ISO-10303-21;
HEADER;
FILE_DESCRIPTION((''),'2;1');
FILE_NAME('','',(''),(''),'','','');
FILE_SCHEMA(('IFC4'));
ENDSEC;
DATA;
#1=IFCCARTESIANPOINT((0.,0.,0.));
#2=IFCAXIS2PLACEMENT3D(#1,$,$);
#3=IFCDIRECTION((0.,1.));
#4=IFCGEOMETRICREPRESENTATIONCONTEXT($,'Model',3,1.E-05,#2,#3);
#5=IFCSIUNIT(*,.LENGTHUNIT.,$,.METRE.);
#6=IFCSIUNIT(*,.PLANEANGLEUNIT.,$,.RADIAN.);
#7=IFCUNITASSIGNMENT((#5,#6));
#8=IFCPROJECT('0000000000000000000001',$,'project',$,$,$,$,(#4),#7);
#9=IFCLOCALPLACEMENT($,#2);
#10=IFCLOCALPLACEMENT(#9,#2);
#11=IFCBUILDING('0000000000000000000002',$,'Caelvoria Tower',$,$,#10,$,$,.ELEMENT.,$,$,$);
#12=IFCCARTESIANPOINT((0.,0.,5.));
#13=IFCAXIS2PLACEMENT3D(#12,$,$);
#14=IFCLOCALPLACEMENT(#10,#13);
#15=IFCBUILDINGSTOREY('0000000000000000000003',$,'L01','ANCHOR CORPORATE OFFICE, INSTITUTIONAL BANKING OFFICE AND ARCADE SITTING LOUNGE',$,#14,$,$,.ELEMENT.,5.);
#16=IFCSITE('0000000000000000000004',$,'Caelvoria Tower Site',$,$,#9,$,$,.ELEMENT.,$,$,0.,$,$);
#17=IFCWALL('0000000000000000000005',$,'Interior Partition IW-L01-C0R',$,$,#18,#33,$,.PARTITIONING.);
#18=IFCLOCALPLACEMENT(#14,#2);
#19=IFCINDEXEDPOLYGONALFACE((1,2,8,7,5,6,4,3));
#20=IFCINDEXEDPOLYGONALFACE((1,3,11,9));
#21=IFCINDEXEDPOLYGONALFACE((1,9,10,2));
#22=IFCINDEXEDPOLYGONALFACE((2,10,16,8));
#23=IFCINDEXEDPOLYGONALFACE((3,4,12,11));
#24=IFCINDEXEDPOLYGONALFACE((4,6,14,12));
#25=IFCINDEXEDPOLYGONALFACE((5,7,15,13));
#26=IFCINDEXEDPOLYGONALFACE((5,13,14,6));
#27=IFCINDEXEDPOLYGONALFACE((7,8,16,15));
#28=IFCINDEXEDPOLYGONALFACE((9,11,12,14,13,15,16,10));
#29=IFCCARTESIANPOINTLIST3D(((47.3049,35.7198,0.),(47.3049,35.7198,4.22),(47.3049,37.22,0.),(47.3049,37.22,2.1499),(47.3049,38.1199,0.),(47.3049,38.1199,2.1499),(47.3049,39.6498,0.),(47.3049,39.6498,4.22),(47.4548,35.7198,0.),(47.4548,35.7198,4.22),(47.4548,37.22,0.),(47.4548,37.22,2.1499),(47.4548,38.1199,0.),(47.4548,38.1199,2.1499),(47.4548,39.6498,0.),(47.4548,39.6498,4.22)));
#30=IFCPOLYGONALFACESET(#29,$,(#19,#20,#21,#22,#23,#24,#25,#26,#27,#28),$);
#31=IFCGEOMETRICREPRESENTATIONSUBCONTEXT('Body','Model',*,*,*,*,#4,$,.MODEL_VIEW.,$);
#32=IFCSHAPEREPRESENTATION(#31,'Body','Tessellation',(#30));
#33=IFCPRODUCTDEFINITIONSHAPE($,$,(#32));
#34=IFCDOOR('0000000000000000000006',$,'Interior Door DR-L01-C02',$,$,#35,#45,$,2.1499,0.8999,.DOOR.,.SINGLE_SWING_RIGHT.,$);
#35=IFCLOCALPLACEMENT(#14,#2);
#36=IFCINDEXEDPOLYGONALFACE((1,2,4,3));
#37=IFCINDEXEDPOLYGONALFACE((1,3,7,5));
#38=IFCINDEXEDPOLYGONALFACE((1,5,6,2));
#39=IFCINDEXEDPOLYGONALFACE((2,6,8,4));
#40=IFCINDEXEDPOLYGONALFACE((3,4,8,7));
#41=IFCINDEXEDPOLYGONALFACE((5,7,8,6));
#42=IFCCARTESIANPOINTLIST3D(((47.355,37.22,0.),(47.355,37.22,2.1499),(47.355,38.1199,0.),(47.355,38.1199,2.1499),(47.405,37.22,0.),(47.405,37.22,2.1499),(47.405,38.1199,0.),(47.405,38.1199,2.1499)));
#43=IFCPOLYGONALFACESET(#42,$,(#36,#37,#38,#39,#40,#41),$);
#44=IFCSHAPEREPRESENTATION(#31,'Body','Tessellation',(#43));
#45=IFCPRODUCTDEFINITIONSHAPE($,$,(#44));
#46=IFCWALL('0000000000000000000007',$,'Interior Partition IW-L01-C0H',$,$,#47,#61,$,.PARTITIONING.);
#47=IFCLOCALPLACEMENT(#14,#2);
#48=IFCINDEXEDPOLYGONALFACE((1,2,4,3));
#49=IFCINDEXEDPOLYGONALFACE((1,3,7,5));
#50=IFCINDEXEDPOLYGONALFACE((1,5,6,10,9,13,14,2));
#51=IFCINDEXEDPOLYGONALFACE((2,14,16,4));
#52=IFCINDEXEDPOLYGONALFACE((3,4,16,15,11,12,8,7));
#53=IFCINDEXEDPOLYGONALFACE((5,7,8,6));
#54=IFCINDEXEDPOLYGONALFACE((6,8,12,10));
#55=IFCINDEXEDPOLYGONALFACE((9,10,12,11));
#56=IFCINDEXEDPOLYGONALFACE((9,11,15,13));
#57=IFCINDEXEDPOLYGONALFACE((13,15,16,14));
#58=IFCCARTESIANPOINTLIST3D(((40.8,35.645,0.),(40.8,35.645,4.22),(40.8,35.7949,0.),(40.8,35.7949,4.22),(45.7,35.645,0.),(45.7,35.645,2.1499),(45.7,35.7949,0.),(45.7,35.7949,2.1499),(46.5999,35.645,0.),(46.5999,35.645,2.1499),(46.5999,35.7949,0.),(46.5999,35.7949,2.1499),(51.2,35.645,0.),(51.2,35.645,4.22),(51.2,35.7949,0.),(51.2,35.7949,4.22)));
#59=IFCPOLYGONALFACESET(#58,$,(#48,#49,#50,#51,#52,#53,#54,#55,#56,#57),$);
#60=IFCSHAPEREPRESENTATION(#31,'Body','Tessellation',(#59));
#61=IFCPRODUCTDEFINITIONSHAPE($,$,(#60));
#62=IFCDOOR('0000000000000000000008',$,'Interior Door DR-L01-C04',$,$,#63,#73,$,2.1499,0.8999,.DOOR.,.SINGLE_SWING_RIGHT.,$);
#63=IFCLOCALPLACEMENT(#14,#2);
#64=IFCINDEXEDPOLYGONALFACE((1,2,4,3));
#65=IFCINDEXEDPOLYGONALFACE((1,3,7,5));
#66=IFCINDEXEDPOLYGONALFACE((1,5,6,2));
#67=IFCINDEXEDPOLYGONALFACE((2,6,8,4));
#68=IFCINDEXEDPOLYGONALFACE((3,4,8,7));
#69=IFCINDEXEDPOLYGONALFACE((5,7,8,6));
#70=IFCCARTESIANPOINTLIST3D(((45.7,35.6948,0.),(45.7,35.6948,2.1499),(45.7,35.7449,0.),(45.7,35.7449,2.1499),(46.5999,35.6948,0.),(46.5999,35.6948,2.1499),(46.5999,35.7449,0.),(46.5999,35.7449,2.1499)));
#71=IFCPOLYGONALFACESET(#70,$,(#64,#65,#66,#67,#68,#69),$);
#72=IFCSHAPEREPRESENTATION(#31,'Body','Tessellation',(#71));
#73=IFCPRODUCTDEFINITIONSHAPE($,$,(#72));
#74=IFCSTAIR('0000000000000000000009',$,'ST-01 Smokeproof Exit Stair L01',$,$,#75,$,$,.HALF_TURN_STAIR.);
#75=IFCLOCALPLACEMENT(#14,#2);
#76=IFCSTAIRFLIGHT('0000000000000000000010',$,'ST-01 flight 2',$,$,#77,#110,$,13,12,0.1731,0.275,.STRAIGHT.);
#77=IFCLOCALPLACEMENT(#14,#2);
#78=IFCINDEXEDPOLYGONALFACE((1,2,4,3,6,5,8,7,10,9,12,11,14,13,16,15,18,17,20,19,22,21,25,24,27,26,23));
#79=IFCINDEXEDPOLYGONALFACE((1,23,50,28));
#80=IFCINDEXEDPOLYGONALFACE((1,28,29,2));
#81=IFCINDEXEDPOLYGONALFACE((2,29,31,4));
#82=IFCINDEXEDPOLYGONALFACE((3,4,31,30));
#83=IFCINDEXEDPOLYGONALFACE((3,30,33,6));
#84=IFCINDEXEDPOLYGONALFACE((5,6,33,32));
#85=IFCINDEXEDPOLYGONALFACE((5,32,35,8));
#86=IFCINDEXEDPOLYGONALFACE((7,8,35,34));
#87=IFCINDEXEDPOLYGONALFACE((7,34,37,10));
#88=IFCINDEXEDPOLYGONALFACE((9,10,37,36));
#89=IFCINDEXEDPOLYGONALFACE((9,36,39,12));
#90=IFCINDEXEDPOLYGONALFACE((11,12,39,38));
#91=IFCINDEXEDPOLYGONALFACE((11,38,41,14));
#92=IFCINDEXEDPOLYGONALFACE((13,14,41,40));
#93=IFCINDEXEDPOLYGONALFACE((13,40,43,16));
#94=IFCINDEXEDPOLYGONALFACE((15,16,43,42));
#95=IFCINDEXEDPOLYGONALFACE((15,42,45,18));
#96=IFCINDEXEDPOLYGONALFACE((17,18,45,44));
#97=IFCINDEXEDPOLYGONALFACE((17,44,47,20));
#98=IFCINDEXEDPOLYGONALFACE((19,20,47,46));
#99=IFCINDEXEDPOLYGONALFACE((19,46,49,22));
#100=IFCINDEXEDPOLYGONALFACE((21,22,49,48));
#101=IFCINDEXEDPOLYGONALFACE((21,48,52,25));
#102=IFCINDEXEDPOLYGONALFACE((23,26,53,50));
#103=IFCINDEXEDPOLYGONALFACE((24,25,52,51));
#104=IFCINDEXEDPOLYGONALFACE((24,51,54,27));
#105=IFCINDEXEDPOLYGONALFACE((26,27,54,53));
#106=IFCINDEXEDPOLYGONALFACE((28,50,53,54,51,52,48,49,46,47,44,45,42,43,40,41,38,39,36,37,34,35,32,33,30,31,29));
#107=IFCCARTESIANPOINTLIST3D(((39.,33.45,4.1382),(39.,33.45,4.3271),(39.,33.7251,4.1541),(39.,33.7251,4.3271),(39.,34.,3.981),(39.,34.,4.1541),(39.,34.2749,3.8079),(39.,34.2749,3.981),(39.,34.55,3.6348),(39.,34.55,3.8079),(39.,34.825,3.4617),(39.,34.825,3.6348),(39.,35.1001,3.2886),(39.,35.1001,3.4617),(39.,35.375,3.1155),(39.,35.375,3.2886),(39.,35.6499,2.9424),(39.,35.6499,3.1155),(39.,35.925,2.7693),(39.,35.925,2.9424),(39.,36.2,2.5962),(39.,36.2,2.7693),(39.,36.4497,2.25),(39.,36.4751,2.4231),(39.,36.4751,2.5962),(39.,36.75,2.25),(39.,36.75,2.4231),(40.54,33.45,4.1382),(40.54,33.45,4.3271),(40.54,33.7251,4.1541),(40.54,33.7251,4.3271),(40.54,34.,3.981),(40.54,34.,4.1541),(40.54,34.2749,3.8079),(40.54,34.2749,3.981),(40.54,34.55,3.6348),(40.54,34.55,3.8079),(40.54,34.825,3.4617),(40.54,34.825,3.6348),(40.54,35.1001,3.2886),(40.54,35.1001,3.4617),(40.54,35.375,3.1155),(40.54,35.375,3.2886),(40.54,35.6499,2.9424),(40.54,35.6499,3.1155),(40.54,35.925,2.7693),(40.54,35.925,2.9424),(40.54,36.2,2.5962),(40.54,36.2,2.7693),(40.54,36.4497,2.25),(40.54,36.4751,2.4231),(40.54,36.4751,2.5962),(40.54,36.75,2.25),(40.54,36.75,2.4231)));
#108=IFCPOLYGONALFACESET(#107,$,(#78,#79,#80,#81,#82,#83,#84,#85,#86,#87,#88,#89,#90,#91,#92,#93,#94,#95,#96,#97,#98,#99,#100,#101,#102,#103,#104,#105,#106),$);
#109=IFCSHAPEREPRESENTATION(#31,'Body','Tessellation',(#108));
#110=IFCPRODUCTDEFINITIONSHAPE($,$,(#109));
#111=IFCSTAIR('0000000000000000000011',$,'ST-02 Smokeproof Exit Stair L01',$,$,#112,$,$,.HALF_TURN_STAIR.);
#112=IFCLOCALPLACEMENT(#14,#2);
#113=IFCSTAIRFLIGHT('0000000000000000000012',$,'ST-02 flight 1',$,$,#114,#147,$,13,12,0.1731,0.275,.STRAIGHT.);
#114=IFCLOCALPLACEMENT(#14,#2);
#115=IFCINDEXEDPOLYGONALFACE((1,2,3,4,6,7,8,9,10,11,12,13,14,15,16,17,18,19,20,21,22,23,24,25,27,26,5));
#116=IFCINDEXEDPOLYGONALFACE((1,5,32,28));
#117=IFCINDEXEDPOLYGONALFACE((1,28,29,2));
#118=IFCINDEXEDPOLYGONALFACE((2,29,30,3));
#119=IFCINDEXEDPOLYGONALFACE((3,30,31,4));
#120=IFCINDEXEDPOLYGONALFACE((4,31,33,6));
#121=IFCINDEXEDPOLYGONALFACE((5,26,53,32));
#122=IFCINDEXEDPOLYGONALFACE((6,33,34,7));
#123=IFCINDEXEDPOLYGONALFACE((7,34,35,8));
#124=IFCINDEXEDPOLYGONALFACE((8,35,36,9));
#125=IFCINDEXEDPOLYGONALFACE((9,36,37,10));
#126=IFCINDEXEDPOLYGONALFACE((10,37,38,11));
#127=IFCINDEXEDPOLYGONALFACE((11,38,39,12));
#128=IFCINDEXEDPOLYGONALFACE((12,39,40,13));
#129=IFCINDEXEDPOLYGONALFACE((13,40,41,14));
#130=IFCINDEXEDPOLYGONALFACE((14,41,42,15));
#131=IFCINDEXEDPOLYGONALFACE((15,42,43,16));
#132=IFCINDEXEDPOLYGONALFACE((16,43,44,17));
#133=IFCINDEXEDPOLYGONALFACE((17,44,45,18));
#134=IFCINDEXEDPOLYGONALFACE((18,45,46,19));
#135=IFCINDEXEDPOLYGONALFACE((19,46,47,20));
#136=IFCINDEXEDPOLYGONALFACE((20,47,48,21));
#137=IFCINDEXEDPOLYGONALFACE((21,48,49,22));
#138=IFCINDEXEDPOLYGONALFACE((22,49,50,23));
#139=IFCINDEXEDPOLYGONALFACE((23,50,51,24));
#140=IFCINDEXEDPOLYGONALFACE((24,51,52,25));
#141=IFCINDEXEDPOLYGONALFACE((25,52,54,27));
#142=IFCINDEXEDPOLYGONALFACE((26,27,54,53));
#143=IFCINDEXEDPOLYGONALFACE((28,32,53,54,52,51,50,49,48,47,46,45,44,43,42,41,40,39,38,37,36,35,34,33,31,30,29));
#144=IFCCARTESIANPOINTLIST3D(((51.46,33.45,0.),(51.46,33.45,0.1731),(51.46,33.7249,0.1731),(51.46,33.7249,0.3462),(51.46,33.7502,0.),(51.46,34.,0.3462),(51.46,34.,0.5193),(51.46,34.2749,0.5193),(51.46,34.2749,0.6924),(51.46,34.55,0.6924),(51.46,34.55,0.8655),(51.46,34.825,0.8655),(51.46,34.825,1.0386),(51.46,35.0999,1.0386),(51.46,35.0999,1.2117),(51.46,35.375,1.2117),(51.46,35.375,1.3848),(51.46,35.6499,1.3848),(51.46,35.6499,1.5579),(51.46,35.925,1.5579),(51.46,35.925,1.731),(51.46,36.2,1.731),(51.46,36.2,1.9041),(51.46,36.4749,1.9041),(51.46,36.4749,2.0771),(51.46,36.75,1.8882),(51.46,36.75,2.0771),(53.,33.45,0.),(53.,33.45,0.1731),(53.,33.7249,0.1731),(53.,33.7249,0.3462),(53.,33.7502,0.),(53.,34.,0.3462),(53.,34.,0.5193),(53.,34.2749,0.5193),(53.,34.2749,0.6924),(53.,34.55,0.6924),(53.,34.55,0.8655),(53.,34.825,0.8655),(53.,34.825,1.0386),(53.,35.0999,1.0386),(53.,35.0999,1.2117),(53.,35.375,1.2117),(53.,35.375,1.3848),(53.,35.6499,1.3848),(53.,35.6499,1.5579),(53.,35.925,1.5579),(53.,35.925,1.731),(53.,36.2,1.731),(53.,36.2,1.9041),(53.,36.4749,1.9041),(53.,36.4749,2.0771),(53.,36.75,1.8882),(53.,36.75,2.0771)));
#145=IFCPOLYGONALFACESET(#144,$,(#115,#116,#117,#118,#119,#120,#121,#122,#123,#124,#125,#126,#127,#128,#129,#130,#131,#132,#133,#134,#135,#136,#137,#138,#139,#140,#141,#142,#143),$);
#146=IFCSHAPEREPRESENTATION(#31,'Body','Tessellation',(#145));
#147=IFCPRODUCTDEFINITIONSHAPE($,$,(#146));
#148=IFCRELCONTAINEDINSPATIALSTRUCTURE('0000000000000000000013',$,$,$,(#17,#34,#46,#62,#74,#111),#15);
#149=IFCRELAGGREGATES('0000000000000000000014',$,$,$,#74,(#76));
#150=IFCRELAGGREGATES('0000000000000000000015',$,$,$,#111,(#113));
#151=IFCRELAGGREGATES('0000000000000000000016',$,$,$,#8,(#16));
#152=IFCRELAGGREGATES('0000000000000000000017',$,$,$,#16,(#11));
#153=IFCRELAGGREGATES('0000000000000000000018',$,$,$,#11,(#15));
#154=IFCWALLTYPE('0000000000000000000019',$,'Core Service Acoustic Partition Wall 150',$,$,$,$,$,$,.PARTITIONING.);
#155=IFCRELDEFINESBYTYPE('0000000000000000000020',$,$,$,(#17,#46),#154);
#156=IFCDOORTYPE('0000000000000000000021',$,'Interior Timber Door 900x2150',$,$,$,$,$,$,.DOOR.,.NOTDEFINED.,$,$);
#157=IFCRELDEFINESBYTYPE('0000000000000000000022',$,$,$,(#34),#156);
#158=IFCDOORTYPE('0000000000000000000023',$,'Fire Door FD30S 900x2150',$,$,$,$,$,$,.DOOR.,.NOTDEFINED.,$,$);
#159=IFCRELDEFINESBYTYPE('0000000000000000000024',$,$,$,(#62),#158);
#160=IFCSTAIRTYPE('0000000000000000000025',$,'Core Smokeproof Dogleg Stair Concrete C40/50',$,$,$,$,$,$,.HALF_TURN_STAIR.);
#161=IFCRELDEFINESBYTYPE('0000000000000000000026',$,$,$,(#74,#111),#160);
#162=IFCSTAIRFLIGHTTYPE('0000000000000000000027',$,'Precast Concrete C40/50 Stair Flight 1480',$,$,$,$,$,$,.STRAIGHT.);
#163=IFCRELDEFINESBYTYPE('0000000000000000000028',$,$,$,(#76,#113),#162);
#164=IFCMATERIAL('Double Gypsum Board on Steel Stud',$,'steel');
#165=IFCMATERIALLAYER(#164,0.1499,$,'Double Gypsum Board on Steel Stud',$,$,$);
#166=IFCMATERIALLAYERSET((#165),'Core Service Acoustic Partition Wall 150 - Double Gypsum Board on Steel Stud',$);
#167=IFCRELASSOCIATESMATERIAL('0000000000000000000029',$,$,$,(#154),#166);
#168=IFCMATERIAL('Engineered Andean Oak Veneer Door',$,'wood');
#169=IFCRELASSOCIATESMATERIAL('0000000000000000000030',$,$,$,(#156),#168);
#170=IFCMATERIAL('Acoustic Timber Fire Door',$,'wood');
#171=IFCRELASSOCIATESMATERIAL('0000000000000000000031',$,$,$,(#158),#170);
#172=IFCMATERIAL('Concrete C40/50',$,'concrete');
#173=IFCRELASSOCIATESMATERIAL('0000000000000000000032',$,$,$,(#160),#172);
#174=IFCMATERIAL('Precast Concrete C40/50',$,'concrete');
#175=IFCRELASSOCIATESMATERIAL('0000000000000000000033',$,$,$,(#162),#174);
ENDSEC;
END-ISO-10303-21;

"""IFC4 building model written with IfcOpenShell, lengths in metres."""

from ifc_helpers import new_model, si_unit, direction, frame, frame_2d, origin, place, context, subcontext, project, spatial, polyline, rectangle, outline, extrude, material, layer, layer_set, type_object, element, fill, aggregate, save


model = new_model("IFC4")

# Units and contexts
model_context = context("Model", 3, precision=1e-05, world=origin(), true_north=direction((0.0, 1.0)))
body_context = subcontext(model_context, "Body", "Model", "MODEL_VIEW")
ifc_project = project(units=[si_unit("LENGTHUNIT", "METRE"), si_unit("PLANEANGLEUNIT", "RADIAN")], contexts=[model_context])

# Site, building, storey
site_placement = place(None, origin())
site = spatial("IfcSite", under=ifc_project, at=site_placement, Name="Caelvoria Tower Site", CompositionType="ELEMENT", RefElevation=0.0)
building_placement = place(site_placement, origin())
building = spatial("IfcBuilding", under=site, at=building_placement, Name="Caelvoria Tower", CompositionType="ELEMENT")
storey_placement = place(building_placement, frame((0.0, 0.0, 5.0)))
storey = spatial("IfcBuildingStorey", under=building, at=storey_placement, Name="L01", Description="ANCHOR CORPORATE OFFICE, INSTITUTIONAL BANKING OFFICE AND ARCADE SITTING LOUNGE", CompositionType="ELEMENT", Elevation=5.0)

# Walls, openings, doors
ifc_material_1 = material(Name="Double Gypsum Board on Steel Stud", Category="steel")
ifc_layer = layer(ifc_material_1, 0.1499, Name="Double Gypsum Board on Steel Stud")
ifc_layer_set = layer_set([ifc_layer], Name="Core Service Acoustic Partition Wall 150 - Double Gypsum Board on Steel Stud")
wall_type = type_object("IfcWallType", Name="Core Service Acoustic Partition Wall 150", PredefinedType="PARTITIONING", material=ifc_layer_set)
ifc_material_2 = material(Name="Engineered Andean Oak Veneer Door", Category="wood")
door_type_1 = type_object("IfcDoorType", Name="Interior Timber Door 900x2150", OperationType="NOTDEFINED", PredefinedType="DOOR", material=ifc_material_2)
wall_1_placement = place(storey_placement, frame((47.3799, 35.72, 0.0), z_axis=(0.0, 0.0, 1.0), x_axis=(0.0, 1.0, 0.0)))
wall_1 = element("IfcWall", 1, at=wall_1_placement, inside=storey, type_object=wall_type, Name="Interior Partition IW-L01-C0R", PredefinedType="PARTITIONING", context=body_context, shape_type="SweptSolid", body=[
    extrude(rectangle(XDim=3.9299, YDim=0.1499, at=frame_2d((1.9648, 0.0))), origin(), (0.0, 0.0, 1.0), 4.22),
])
opening_1_placement = place(wall_1_placement, frame((1.5, 0.0, 0.0)))
opening_1 = element("IfcOpeningElement", 2, at=opening_1_placement, cuts=wall_1, PredefinedType="OPENING", context=body_context, shape_type="SweptSolid", body=[
    extrude(rectangle(XDim=0.8999, YDim=2.1499, at=frame_2d((0.45, 1.075))), frame((0.0, 0.085, 0.0), z_axis=(0.0, -1.0, 0.0), x_axis=(1.0, 0.0, 0.0)), (0.0, 0.0, 1.0), 0.1699),
])
door_1_placement = place(opening_1_placement, origin())
door_1 = element("IfcDoor", 3, at=door_1_placement, inside=storey, type_object=door_type_1, Name="Interior Door DR-L01-C02", OperationType="SINGLE_SWING_RIGHT", OverallHeight=2.1499, OverallWidth=0.8999, PredefinedType="DOOR", context=body_context, shape_type="SweptSolid", body=[
    extrude(rectangle(XDim=0.8999, YDim=2.1499, at=frame_2d((0.45, 1.075))), frame((0.0, 0.0249, 0.0), z_axis=(0.0, -1.0, 0.0), x_axis=(1.0, 0.0, 0.0)), (0.0, 0.0, 1.0), 0.05),
])
fill(opening_1, door_1)
wall_2_placement = place(storey_placement, frame((40.8, 35.72, 0.0), z_axis=(0.0, 0.0, 1.0), x_axis=(1.0, 0.0, 0.0)))
wall_2 = element("IfcWall", 4, at=wall_2_placement, inside=storey, type_object=wall_type, Name="Interior Partition IW-L01-C0H", PredefinedType="PARTITIONING", context=body_context, shape_type="SweptSolid", body=[
    extrude(rectangle(XDim=10.3999, YDim=0.1499, at=frame_2d((5.2, 0.0))), origin(), (0.0, 0.0, 1.0), 4.22),
])
opening_2_placement = place(wall_2_placement, frame((4.8999, 0.0, 0.0)))
opening_2 = element("IfcOpeningElement", 5, at=opening_2_placement, cuts=wall_2, PredefinedType="OPENING", context=body_context, shape_type="SweptSolid", body=[
    extrude(rectangle(XDim=0.8999, YDim=2.1499, at=frame_2d((0.45, 1.075))), frame((0.0, 0.085, 0.0), z_axis=(0.0, -1.0, 0.0), x_axis=(1.0, 0.0, 0.0)), (0.0, 0.0, 1.0), 0.1699),
])
ifc_material_3 = material(Name="Acoustic Timber Fire Door", Category="wood")
door_type_2 = type_object("IfcDoorType", Name="Fire Door FD30S 900x2150", OperationType="NOTDEFINED", PredefinedType="DOOR", material=ifc_material_3)
door_2_placement = place(opening_2_placement, origin())
door_2 = element("IfcDoor", 6, at=door_2_placement, inside=storey, type_object=door_type_2, Name="Interior Door DR-L01-C04", OperationType="SINGLE_SWING_RIGHT", OverallHeight=2.1499, OverallWidth=0.8999, PredefinedType="DOOR", context=body_context, shape_type="SweptSolid", body=[
    extrude(rectangle(XDim=0.8999, YDim=2.1499, at=frame_2d((0.45, 1.075))), frame((0.0, 0.0249, 0.0), z_axis=(0.0, -1.0, 0.0), x_axis=(1.0, 0.0, 0.0)), (0.0, 0.0, 1.0), 0.05),
])
fill(opening_2, door_2)

# Stair, stair flight
ifc_material_4 = material(Name="Concrete C40/50", Category="concrete")
stair_type = type_object("IfcStairType", Name="Core Smokeproof Dogleg Stair Concrete C40/50", PredefinedType="HALF_TURN_STAIR", material=ifc_material_4)
stair_1_placement = place(storey_placement, origin())
stair_1 = element("IfcStair", 7, at=stair_1_placement, inside=storey, type_object=stair_type, Name="ST-01 Smokeproof Exit Stair L01", PredefinedType="HALF_TURN_STAIR")
ifc_material_5 = material(Name="Precast Concrete C40/50", Category="concrete")
stair_flight_type = type_object("IfcStairFlightType", Name="Precast Concrete C40/50 Stair Flight 1480", PredefinedType="STRAIGHT", material=ifc_material_5)
stair_flight_1_placement = place(storey_placement, frame((39.77, 36.75, 2.25), z_axis=(0.0, 0.0, 1.0), x_axis=(0.0, -1.0, 0.0)))
stair_flight_1 = element("IfcStairFlight", 8, at=stair_flight_1_placement, type_object=stair_flight_type, Name="ST-01 flight 2", NumberOfRisers=13, NumberOfTreads=12, PredefinedType="STRAIGHT", RiserHeight=0.1731, TreadLength=0.275, context=body_context, shape_type="SweptSolid", body=[
    extrude(outline(polyline([(0.0, 0.0), (0.0, 0.1731), (0.2749, 0.1731), (0.2749, 0.3462), (0.55, 0.3462), (0.55, 0.5193), (0.825, 0.5193), (0.825, 0.6924), (1.1001, 0.6924), (1.1001, 0.8655), (1.375, 0.8655), (1.375, 1.0386), (1.6499, 1.0386), (1.6499, 1.2117), (1.925, 1.2117), (1.925, 1.3848), (2.2, 1.3848), (2.2, 1.5579), (2.4751, 1.5579), (2.4751, 1.731), (2.75, 1.731), (2.75, 1.9041), (3.0249, 1.9041), (3.0249, 2.0771), (3.3, 2.0771), (3.3, 2.2502), (3.3, 1.8882), (0.3003, 0.0), (0.0, 0.0)])), frame((0.0, 0.77, 0.0), z_axis=(0.0, -1.0, 0.0), x_axis=(1.0, 0.0, 0.0)), (0.0, 0.0, 1.0), 1.54),
])
aggregate(stair_1, [stair_flight_1])

# Stair, stair flight
stair_2_placement = place(storey_placement, origin())
stair_2 = element("IfcStair", 9, at=stair_2_placement, inside=storey, type_object=stair_type, Name="ST-02 Smokeproof Exit Stair L01", PredefinedType="HALF_TURN_STAIR")
stair_flight_2_placement = place(storey_placement, frame((52.23, 33.45, 0.0), z_axis=(0.0, 0.0, 1.0), x_axis=(0.0, 1.0, 0.0)))
stair_flight_2 = element("IfcStairFlight", 10, at=stair_flight_2_placement, type_object=stair_flight_type, Name="ST-02 flight 1", NumberOfRisers=13, NumberOfTreads=12, PredefinedType="STRAIGHT", RiserHeight=0.1731, TreadLength=0.275, context=body_context, shape_type="SweptSolid", body=[
    extrude(outline(polyline([(0.0, 0.0), (0.0, 0.1731), (0.2749, 0.1731), (0.2749, 0.3462), (0.55, 0.3462), (0.55, 0.5193), (0.825, 0.5193), (0.825, 0.6924), (1.1001, 0.6924), (1.1001, 0.8655), (1.375, 0.8655), (1.375, 1.0386), (1.6499, 1.0386), (1.6499, 1.2117), (1.925, 1.2117), (1.925, 1.3848), (2.2, 1.3848), (2.2, 1.5579), (2.4751, 1.5579), (2.4751, 1.731), (2.75, 1.731), (2.75, 1.9041), (3.0249, 1.9041), (3.0249, 2.0771), (3.3, 2.0771), (3.3, 2.2502), (3.3, 1.8882), (0.3003, 0.0), (0.0, 0.0)])), frame((0.0, 0.77, 0.0), z_axis=(0.0, -1.0, 0.0), x_axis=(1.0, 0.0, 0.0)), (0.0, 0.0, 1.0), 1.54),
])
aggregate(stair_2, [stair_flight_2])

save(model, "model.ifc")
